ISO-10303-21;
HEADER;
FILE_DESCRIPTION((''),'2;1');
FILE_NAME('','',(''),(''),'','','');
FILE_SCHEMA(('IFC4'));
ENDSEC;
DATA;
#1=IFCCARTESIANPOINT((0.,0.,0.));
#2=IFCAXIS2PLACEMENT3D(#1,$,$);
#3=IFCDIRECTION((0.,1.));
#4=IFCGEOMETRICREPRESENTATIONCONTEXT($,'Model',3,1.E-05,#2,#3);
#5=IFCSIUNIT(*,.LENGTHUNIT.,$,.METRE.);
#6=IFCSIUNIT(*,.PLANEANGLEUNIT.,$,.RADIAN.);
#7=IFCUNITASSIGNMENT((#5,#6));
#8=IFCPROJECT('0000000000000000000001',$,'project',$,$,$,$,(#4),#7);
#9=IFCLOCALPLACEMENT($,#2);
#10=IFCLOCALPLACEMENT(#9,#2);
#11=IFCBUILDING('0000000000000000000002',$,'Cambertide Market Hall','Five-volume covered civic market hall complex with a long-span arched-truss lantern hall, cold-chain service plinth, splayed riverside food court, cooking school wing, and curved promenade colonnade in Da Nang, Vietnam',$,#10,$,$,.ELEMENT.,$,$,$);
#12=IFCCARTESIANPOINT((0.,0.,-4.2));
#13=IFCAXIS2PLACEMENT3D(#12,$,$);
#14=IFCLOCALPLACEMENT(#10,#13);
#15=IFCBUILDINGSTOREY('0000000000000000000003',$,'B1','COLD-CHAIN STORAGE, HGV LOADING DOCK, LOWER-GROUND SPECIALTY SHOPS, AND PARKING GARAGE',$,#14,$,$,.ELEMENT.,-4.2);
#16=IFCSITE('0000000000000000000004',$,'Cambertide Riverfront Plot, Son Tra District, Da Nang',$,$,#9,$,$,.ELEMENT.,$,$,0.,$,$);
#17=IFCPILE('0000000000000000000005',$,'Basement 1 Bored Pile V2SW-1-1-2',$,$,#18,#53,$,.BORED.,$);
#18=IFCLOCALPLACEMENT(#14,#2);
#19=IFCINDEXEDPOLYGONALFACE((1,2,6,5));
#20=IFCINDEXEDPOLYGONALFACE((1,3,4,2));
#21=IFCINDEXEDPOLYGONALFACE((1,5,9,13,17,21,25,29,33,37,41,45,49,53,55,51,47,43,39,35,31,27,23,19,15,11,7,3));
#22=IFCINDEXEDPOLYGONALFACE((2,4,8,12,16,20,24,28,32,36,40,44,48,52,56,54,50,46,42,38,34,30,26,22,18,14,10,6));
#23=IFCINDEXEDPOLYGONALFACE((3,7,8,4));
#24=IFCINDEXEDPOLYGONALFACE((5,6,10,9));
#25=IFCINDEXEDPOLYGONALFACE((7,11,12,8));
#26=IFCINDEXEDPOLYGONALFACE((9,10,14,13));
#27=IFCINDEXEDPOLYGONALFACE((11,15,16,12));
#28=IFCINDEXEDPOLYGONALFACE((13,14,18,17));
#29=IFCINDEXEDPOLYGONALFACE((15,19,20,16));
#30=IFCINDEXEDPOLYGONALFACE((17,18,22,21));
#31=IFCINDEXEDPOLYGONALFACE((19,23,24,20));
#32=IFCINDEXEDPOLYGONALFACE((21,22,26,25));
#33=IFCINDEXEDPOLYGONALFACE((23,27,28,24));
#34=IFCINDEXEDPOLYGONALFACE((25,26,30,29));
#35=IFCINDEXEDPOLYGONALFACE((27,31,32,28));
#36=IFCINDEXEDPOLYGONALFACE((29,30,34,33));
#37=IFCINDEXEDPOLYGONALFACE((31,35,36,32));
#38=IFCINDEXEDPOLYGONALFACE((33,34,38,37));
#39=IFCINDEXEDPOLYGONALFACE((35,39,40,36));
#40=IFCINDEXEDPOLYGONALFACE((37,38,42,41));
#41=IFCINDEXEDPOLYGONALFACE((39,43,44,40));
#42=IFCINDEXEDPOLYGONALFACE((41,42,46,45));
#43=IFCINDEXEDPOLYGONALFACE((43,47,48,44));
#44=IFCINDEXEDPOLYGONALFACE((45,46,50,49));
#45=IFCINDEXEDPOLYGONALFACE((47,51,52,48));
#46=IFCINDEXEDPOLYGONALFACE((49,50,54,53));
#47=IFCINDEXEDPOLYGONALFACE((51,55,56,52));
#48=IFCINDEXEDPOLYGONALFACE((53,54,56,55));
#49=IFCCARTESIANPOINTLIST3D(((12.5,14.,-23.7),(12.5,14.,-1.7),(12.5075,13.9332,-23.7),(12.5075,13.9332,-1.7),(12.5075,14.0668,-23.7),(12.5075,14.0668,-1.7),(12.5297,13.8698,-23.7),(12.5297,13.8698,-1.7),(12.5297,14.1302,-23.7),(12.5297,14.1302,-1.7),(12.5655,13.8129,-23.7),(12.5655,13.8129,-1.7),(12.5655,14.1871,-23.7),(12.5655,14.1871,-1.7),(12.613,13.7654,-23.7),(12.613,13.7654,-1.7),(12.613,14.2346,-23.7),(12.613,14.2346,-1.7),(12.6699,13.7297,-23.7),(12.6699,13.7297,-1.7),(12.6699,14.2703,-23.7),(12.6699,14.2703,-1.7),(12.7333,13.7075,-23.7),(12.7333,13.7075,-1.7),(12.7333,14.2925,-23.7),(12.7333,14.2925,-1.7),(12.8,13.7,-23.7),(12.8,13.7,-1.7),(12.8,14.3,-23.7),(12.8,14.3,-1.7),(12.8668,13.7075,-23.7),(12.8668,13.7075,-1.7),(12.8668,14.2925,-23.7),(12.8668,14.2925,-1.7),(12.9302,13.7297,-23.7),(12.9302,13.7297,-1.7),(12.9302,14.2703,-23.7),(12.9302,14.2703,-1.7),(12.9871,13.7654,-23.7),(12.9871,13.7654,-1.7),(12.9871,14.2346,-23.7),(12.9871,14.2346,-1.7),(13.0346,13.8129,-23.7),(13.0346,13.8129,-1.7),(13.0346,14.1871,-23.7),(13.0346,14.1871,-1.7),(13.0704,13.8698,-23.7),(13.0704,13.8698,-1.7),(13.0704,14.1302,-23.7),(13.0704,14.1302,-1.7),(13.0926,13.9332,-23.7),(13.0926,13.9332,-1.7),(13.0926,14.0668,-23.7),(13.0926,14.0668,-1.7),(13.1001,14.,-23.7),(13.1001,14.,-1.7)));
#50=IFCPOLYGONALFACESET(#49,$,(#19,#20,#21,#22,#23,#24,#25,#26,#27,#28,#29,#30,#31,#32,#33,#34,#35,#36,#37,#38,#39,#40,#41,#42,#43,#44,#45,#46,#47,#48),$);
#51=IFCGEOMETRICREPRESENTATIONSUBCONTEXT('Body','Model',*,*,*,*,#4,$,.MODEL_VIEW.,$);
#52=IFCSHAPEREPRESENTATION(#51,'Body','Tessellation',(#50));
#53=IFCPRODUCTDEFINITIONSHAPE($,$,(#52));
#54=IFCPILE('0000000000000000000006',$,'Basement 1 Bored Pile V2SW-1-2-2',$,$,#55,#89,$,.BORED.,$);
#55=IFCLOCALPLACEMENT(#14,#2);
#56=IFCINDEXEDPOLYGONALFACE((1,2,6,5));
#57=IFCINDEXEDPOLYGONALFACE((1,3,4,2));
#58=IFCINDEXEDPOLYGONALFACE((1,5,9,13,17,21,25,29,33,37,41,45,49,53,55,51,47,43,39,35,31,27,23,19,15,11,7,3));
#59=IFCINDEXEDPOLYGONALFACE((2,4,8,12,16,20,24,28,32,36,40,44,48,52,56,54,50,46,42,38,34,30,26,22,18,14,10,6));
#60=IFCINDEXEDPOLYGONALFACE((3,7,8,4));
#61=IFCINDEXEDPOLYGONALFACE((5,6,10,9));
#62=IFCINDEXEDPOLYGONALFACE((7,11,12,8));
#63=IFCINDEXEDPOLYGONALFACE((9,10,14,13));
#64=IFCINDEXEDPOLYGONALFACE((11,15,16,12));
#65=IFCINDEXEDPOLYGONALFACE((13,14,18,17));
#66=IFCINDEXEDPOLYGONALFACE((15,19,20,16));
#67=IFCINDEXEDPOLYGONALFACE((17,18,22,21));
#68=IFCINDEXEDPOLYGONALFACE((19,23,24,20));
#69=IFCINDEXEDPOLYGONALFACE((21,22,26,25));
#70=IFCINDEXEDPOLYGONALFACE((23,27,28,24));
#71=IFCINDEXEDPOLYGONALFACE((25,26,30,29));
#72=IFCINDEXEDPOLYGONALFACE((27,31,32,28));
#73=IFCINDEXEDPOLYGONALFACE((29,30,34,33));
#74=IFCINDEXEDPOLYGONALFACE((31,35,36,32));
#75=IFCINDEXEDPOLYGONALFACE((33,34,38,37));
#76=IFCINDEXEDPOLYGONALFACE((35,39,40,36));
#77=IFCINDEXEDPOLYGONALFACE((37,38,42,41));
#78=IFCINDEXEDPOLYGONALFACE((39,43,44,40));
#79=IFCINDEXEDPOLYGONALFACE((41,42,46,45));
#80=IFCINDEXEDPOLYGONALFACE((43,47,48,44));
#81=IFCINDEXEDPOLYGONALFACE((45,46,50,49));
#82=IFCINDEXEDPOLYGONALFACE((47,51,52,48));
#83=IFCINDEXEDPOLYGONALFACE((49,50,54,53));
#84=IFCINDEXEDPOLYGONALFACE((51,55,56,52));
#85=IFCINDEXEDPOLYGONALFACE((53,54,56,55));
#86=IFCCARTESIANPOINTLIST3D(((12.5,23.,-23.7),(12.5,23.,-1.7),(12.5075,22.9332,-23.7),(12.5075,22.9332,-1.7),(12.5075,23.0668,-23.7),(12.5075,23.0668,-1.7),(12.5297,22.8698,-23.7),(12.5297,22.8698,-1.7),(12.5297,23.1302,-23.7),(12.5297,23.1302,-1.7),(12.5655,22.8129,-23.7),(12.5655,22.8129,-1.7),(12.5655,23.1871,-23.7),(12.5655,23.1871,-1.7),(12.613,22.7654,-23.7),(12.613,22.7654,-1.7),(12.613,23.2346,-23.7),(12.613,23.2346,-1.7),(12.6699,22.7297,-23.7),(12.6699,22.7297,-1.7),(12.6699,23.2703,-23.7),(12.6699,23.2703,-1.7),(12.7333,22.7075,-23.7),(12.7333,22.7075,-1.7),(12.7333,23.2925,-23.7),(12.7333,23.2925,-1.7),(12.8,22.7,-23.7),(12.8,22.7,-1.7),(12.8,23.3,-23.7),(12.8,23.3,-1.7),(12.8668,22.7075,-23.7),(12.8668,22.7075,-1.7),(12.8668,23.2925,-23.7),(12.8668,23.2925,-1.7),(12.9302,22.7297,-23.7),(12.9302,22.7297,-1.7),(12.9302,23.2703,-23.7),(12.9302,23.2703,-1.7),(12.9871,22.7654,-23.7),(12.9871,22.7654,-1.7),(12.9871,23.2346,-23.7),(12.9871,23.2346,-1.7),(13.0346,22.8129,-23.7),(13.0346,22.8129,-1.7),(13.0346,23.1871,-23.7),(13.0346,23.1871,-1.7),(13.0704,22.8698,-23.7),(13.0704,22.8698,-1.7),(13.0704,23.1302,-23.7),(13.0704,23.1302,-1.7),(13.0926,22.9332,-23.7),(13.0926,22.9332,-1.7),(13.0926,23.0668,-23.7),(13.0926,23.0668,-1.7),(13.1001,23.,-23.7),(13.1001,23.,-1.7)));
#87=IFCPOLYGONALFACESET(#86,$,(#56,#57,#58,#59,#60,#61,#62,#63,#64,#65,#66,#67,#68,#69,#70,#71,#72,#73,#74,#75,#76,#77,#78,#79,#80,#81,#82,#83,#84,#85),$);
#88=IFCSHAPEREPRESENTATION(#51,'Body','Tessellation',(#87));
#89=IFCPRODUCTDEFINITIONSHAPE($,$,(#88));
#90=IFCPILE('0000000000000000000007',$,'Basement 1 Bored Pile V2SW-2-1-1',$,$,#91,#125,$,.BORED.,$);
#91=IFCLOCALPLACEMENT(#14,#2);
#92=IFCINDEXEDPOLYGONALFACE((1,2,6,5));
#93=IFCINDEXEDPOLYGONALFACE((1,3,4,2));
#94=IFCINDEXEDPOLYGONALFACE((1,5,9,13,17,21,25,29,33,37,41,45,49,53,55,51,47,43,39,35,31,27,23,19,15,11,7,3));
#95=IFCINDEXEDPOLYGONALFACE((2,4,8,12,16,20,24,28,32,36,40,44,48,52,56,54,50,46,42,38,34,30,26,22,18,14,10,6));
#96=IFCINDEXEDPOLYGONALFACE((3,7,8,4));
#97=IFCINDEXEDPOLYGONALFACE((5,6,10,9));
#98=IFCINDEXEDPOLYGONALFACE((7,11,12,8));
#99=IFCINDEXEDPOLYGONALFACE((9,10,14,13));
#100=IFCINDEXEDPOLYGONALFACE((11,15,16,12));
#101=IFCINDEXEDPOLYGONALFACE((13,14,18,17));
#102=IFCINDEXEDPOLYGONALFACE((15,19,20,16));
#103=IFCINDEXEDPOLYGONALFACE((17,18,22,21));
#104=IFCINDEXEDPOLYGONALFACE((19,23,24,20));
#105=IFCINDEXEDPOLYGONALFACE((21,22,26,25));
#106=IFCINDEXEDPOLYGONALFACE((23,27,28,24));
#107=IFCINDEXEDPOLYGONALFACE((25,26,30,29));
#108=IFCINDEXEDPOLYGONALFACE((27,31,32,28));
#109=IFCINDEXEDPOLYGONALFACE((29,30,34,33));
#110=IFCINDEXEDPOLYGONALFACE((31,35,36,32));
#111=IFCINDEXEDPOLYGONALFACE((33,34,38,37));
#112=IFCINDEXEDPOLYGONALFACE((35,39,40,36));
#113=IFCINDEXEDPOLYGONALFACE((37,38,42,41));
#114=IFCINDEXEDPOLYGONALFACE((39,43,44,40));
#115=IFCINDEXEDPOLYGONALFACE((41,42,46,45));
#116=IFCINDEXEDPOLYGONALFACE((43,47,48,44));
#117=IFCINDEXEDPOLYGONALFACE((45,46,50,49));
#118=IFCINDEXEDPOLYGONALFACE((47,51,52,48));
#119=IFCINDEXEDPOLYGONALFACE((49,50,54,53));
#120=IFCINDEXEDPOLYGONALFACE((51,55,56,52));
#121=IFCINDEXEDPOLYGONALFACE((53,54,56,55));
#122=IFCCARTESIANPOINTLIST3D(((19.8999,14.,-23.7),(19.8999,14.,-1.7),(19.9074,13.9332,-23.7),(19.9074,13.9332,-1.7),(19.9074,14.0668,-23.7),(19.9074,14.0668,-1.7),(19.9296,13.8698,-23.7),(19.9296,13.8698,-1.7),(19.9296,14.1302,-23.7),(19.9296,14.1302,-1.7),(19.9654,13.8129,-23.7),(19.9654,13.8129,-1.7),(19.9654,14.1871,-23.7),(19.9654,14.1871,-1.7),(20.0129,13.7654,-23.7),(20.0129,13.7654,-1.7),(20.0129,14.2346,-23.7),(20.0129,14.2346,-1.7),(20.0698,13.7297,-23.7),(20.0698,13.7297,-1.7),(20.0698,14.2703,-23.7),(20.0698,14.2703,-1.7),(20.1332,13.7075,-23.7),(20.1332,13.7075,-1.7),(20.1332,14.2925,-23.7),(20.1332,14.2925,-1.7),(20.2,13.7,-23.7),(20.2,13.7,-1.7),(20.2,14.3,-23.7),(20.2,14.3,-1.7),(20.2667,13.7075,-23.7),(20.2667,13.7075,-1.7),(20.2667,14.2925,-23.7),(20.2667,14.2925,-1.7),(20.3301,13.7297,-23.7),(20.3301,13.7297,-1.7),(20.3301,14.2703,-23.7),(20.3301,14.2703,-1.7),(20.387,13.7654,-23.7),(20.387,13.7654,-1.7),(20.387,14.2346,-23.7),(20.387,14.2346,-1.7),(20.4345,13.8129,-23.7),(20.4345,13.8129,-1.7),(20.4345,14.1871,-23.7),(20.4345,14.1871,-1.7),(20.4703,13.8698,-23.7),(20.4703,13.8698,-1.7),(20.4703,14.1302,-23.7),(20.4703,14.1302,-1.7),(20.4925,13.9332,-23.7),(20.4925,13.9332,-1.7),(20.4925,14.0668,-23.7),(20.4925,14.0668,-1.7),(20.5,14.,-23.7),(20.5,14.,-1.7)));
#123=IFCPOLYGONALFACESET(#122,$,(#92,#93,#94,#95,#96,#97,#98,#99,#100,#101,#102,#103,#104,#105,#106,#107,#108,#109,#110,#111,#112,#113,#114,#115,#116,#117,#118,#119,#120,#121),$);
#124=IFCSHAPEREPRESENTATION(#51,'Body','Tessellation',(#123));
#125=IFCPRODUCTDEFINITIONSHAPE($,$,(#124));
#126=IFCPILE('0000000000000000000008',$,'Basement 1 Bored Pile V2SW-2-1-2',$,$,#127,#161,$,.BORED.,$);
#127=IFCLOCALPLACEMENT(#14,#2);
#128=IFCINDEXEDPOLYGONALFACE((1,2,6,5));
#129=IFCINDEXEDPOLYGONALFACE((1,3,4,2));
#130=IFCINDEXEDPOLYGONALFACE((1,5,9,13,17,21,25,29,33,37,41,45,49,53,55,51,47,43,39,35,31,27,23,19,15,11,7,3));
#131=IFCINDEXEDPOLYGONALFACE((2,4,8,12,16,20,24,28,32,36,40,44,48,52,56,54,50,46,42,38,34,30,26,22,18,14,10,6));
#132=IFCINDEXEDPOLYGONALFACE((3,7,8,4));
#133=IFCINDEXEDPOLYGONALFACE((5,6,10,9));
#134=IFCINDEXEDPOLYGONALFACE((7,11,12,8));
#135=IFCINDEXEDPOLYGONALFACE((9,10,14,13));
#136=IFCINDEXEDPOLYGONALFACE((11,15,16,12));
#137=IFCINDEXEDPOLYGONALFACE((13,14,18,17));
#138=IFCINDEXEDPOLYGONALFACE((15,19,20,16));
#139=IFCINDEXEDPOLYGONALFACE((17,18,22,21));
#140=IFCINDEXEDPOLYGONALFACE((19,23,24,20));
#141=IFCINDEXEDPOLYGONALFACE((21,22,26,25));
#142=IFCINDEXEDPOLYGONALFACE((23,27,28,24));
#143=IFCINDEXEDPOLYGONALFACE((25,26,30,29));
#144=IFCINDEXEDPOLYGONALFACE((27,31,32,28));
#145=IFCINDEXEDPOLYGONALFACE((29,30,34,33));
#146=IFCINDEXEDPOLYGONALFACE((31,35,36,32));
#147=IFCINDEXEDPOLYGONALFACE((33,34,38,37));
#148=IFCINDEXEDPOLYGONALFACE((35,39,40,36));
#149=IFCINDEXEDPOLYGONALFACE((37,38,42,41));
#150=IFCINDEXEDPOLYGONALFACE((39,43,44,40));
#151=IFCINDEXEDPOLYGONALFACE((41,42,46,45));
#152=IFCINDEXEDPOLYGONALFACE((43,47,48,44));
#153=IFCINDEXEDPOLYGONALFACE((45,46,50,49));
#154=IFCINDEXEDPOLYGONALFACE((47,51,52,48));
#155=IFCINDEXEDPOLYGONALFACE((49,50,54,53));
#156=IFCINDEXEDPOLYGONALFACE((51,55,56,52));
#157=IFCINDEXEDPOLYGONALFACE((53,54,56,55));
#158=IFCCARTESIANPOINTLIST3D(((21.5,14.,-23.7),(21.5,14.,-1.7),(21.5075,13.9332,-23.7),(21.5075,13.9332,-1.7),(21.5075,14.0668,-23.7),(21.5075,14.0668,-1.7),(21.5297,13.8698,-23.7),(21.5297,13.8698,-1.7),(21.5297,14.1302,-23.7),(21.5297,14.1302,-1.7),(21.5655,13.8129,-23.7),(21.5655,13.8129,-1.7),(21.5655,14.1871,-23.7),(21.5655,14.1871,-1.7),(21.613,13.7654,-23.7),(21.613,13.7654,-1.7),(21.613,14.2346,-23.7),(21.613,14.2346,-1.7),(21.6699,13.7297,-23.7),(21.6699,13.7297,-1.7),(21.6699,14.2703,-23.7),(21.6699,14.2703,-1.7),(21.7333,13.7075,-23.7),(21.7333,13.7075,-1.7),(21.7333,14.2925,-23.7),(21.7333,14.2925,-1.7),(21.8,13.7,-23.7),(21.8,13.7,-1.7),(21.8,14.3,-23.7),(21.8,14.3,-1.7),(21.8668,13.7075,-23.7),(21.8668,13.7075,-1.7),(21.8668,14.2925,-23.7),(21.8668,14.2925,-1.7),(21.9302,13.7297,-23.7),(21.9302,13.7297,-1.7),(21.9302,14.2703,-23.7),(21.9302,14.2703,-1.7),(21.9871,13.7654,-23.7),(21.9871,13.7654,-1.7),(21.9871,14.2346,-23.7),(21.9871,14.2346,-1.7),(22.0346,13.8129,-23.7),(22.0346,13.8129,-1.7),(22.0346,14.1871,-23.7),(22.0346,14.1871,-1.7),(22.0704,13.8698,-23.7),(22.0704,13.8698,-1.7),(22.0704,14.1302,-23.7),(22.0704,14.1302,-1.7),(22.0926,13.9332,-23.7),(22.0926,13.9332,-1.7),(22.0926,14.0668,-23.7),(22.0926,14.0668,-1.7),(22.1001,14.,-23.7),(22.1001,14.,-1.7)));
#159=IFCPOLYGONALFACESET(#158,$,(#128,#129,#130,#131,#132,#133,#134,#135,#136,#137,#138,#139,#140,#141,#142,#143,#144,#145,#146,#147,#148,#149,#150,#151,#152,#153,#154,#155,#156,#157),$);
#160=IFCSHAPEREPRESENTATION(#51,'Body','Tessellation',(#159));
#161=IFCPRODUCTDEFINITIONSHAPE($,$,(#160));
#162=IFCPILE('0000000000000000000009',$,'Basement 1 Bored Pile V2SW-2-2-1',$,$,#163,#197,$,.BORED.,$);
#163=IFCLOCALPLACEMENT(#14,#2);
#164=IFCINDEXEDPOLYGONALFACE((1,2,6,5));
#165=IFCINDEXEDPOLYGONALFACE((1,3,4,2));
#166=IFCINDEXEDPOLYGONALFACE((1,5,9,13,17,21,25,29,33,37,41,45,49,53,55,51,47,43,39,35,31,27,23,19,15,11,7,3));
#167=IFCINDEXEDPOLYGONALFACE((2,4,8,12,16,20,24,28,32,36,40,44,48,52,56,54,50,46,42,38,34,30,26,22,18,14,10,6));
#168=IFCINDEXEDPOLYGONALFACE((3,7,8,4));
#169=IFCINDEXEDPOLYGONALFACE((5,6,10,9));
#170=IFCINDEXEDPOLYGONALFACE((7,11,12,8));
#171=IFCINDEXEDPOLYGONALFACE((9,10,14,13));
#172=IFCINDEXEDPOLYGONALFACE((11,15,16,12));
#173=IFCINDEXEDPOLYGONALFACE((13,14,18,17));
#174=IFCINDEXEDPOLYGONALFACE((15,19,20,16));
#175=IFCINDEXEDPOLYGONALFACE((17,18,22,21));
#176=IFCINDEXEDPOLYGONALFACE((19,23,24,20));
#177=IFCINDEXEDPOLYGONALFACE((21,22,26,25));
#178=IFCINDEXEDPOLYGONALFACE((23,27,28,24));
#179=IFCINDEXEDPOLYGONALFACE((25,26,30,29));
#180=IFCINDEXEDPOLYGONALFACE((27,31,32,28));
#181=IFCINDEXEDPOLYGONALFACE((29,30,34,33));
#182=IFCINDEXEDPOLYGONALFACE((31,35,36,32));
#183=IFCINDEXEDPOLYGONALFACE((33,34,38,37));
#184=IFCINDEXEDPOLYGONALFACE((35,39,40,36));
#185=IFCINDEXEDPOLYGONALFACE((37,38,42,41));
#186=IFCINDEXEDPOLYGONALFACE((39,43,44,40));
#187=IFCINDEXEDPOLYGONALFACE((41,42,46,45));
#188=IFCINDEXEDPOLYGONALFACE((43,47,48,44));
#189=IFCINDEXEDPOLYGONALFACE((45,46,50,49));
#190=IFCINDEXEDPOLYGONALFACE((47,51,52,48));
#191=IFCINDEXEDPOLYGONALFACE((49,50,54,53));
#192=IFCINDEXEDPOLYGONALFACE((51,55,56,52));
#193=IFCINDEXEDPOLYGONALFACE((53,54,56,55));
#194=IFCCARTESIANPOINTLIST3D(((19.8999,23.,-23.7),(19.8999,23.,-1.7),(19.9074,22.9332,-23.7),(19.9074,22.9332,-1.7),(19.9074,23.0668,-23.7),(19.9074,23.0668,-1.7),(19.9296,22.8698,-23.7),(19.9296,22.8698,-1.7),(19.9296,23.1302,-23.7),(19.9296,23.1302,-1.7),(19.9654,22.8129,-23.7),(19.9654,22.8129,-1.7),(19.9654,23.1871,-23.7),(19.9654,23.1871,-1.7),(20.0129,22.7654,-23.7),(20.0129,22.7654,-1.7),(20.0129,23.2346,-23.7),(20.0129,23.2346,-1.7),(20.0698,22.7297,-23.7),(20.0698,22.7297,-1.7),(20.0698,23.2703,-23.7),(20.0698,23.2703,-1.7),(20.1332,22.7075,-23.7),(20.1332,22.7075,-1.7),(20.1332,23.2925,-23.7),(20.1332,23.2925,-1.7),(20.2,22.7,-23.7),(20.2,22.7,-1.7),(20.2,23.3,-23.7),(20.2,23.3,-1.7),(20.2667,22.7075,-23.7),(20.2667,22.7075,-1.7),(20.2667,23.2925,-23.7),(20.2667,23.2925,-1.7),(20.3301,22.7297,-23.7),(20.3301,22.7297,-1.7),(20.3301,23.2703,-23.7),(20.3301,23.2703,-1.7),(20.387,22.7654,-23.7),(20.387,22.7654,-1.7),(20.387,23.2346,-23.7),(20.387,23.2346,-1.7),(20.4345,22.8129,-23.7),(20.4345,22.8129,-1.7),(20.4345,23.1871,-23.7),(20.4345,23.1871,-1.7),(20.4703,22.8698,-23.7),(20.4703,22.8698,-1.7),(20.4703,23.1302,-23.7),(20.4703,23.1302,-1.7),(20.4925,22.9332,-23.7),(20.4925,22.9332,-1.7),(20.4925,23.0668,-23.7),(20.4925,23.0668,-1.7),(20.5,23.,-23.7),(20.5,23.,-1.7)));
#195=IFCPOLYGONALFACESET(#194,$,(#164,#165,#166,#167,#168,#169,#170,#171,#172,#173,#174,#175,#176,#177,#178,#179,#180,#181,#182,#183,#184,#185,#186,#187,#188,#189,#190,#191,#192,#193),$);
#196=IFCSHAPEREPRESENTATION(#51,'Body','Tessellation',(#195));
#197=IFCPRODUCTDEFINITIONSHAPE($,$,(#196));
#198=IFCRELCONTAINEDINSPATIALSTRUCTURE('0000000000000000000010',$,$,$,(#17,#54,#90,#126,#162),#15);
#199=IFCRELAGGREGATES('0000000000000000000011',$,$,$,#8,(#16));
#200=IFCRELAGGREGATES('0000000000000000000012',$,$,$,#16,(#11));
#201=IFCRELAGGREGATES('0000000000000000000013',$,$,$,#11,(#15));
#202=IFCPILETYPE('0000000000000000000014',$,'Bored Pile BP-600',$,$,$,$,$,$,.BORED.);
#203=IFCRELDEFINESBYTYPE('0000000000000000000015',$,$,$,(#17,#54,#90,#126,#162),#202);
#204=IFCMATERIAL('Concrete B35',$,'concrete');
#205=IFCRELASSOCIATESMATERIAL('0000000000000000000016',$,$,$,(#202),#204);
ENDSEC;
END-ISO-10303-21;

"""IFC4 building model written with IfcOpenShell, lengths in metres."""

from ifc_helpers import new_model, si_unit, direction, frame, origin, origin_2d, place, context, subcontext, project, spatial, circle, extrude, material, material_profile, profile_set, type_object, element, save


model = new_model("IFC4")

# Units and contexts
model_context = context("Model", 3, precision=1e-05, world=origin(), true_north=direction((0.0, 1.0)))
body_context = subcontext(model_context, "Body", "Model", "MODEL_VIEW")
ifc_project = project(units=[si_unit("LENGTHUNIT", "METRE"), si_unit("PLANEANGLEUNIT", "RADIAN")], contexts=[model_context])

# Site, building, storey
site_placement = place(None, origin())
site = spatial("IfcSite", under=ifc_project, at=site_placement, Name="Cambertide Riverfront Plot, Son Tra District, Da Nang", CompositionType="ELEMENT", RefElevation=0.0)
building_placement = place(site_placement, origin())
building = spatial("IfcBuilding", under=site, at=building_placement, Name="Cambertide Market Hall", Description="Five-volume covered civic market hall complex with a long-span arched-truss lantern hall, cold-chain service plinth, splayed riverside food court, cooking school wing, and curved promenade colonnade in Da Nang, Vietnam", CompositionType="ELEMENT")
storey_placement = place(building_placement, frame((0.0, 0.0, -4.2)))
storey = spatial("IfcBuildingStorey", under=building, at=storey_placement, Name="B1", Description="COLD-CHAIN STORAGE, HGV LOADING DOCK, LOWER-GROUND SPECIALTY SHOPS, AND PARKING GARAGE", CompositionType="ELEMENT", Elevation=-4.2)

# Piles
ifc_material_1 = material(Name="Concrete B35", Category="concrete")
ifc_material_profile_1 = material_profile(ifc_material_1, circle(Radius=0.3, at=origin_2d()), Name="BP D600")
ifc_profile_set_1 = profile_set([ifc_material_profile_1], Name="Concrete B35")
pile_type = type_object("IfcPileType", Name="Bored Pile BP-600", PredefinedType="BORED", material=ifc_profile_set_1)
for number, where, z_axis, x_axis, name in (
    (1, (12.8, 14.0, -1.7), (0.0, 0.0, -1.0), (1.0, 0.0, 0.0), "Basement 1 Bored Pile V2SW-1-1-2"),
    (2, (12.8, 23.0, -1.7), (0.0, 0.0, -1.0), (1.0, 0.0, 0.0), "Basement 1 Bored Pile V2SW-1-2-2"),
    (3, (20.2, 14.0, -1.7), (0.0, 0.0, -1.0), (1.0, 0.0, 0.0), "Basement 1 Bored Pile V2SW-2-1-1"),
    (4, (21.8, 14.0, -1.7), (0.0, 0.0, -1.0), (1.0, 0.0, 0.0), "Basement 1 Bored Pile V2SW-2-1-2"),
    (5, (20.2, 23.0, -1.7), (0.0, 0.0, -1.0), (1.0, 0.0, 0.0), "Basement 1 Bored Pile V2SW-2-2-1"),
):
    element("IfcPile", number, at=place(storey_placement, frame(where, z_axis=z_axis, x_axis=x_axis)), inside=storey, type_object=pile_type, Name=name, PredefinedType="BORED", context=body_context, shape_type="SweptSolid", body=[
        extrude(circle(Radius=0.3, at=origin_2d()), origin(), (0.0, 0.0, 1.0), 22.0),
    ])

save(model, "model.ifc")
